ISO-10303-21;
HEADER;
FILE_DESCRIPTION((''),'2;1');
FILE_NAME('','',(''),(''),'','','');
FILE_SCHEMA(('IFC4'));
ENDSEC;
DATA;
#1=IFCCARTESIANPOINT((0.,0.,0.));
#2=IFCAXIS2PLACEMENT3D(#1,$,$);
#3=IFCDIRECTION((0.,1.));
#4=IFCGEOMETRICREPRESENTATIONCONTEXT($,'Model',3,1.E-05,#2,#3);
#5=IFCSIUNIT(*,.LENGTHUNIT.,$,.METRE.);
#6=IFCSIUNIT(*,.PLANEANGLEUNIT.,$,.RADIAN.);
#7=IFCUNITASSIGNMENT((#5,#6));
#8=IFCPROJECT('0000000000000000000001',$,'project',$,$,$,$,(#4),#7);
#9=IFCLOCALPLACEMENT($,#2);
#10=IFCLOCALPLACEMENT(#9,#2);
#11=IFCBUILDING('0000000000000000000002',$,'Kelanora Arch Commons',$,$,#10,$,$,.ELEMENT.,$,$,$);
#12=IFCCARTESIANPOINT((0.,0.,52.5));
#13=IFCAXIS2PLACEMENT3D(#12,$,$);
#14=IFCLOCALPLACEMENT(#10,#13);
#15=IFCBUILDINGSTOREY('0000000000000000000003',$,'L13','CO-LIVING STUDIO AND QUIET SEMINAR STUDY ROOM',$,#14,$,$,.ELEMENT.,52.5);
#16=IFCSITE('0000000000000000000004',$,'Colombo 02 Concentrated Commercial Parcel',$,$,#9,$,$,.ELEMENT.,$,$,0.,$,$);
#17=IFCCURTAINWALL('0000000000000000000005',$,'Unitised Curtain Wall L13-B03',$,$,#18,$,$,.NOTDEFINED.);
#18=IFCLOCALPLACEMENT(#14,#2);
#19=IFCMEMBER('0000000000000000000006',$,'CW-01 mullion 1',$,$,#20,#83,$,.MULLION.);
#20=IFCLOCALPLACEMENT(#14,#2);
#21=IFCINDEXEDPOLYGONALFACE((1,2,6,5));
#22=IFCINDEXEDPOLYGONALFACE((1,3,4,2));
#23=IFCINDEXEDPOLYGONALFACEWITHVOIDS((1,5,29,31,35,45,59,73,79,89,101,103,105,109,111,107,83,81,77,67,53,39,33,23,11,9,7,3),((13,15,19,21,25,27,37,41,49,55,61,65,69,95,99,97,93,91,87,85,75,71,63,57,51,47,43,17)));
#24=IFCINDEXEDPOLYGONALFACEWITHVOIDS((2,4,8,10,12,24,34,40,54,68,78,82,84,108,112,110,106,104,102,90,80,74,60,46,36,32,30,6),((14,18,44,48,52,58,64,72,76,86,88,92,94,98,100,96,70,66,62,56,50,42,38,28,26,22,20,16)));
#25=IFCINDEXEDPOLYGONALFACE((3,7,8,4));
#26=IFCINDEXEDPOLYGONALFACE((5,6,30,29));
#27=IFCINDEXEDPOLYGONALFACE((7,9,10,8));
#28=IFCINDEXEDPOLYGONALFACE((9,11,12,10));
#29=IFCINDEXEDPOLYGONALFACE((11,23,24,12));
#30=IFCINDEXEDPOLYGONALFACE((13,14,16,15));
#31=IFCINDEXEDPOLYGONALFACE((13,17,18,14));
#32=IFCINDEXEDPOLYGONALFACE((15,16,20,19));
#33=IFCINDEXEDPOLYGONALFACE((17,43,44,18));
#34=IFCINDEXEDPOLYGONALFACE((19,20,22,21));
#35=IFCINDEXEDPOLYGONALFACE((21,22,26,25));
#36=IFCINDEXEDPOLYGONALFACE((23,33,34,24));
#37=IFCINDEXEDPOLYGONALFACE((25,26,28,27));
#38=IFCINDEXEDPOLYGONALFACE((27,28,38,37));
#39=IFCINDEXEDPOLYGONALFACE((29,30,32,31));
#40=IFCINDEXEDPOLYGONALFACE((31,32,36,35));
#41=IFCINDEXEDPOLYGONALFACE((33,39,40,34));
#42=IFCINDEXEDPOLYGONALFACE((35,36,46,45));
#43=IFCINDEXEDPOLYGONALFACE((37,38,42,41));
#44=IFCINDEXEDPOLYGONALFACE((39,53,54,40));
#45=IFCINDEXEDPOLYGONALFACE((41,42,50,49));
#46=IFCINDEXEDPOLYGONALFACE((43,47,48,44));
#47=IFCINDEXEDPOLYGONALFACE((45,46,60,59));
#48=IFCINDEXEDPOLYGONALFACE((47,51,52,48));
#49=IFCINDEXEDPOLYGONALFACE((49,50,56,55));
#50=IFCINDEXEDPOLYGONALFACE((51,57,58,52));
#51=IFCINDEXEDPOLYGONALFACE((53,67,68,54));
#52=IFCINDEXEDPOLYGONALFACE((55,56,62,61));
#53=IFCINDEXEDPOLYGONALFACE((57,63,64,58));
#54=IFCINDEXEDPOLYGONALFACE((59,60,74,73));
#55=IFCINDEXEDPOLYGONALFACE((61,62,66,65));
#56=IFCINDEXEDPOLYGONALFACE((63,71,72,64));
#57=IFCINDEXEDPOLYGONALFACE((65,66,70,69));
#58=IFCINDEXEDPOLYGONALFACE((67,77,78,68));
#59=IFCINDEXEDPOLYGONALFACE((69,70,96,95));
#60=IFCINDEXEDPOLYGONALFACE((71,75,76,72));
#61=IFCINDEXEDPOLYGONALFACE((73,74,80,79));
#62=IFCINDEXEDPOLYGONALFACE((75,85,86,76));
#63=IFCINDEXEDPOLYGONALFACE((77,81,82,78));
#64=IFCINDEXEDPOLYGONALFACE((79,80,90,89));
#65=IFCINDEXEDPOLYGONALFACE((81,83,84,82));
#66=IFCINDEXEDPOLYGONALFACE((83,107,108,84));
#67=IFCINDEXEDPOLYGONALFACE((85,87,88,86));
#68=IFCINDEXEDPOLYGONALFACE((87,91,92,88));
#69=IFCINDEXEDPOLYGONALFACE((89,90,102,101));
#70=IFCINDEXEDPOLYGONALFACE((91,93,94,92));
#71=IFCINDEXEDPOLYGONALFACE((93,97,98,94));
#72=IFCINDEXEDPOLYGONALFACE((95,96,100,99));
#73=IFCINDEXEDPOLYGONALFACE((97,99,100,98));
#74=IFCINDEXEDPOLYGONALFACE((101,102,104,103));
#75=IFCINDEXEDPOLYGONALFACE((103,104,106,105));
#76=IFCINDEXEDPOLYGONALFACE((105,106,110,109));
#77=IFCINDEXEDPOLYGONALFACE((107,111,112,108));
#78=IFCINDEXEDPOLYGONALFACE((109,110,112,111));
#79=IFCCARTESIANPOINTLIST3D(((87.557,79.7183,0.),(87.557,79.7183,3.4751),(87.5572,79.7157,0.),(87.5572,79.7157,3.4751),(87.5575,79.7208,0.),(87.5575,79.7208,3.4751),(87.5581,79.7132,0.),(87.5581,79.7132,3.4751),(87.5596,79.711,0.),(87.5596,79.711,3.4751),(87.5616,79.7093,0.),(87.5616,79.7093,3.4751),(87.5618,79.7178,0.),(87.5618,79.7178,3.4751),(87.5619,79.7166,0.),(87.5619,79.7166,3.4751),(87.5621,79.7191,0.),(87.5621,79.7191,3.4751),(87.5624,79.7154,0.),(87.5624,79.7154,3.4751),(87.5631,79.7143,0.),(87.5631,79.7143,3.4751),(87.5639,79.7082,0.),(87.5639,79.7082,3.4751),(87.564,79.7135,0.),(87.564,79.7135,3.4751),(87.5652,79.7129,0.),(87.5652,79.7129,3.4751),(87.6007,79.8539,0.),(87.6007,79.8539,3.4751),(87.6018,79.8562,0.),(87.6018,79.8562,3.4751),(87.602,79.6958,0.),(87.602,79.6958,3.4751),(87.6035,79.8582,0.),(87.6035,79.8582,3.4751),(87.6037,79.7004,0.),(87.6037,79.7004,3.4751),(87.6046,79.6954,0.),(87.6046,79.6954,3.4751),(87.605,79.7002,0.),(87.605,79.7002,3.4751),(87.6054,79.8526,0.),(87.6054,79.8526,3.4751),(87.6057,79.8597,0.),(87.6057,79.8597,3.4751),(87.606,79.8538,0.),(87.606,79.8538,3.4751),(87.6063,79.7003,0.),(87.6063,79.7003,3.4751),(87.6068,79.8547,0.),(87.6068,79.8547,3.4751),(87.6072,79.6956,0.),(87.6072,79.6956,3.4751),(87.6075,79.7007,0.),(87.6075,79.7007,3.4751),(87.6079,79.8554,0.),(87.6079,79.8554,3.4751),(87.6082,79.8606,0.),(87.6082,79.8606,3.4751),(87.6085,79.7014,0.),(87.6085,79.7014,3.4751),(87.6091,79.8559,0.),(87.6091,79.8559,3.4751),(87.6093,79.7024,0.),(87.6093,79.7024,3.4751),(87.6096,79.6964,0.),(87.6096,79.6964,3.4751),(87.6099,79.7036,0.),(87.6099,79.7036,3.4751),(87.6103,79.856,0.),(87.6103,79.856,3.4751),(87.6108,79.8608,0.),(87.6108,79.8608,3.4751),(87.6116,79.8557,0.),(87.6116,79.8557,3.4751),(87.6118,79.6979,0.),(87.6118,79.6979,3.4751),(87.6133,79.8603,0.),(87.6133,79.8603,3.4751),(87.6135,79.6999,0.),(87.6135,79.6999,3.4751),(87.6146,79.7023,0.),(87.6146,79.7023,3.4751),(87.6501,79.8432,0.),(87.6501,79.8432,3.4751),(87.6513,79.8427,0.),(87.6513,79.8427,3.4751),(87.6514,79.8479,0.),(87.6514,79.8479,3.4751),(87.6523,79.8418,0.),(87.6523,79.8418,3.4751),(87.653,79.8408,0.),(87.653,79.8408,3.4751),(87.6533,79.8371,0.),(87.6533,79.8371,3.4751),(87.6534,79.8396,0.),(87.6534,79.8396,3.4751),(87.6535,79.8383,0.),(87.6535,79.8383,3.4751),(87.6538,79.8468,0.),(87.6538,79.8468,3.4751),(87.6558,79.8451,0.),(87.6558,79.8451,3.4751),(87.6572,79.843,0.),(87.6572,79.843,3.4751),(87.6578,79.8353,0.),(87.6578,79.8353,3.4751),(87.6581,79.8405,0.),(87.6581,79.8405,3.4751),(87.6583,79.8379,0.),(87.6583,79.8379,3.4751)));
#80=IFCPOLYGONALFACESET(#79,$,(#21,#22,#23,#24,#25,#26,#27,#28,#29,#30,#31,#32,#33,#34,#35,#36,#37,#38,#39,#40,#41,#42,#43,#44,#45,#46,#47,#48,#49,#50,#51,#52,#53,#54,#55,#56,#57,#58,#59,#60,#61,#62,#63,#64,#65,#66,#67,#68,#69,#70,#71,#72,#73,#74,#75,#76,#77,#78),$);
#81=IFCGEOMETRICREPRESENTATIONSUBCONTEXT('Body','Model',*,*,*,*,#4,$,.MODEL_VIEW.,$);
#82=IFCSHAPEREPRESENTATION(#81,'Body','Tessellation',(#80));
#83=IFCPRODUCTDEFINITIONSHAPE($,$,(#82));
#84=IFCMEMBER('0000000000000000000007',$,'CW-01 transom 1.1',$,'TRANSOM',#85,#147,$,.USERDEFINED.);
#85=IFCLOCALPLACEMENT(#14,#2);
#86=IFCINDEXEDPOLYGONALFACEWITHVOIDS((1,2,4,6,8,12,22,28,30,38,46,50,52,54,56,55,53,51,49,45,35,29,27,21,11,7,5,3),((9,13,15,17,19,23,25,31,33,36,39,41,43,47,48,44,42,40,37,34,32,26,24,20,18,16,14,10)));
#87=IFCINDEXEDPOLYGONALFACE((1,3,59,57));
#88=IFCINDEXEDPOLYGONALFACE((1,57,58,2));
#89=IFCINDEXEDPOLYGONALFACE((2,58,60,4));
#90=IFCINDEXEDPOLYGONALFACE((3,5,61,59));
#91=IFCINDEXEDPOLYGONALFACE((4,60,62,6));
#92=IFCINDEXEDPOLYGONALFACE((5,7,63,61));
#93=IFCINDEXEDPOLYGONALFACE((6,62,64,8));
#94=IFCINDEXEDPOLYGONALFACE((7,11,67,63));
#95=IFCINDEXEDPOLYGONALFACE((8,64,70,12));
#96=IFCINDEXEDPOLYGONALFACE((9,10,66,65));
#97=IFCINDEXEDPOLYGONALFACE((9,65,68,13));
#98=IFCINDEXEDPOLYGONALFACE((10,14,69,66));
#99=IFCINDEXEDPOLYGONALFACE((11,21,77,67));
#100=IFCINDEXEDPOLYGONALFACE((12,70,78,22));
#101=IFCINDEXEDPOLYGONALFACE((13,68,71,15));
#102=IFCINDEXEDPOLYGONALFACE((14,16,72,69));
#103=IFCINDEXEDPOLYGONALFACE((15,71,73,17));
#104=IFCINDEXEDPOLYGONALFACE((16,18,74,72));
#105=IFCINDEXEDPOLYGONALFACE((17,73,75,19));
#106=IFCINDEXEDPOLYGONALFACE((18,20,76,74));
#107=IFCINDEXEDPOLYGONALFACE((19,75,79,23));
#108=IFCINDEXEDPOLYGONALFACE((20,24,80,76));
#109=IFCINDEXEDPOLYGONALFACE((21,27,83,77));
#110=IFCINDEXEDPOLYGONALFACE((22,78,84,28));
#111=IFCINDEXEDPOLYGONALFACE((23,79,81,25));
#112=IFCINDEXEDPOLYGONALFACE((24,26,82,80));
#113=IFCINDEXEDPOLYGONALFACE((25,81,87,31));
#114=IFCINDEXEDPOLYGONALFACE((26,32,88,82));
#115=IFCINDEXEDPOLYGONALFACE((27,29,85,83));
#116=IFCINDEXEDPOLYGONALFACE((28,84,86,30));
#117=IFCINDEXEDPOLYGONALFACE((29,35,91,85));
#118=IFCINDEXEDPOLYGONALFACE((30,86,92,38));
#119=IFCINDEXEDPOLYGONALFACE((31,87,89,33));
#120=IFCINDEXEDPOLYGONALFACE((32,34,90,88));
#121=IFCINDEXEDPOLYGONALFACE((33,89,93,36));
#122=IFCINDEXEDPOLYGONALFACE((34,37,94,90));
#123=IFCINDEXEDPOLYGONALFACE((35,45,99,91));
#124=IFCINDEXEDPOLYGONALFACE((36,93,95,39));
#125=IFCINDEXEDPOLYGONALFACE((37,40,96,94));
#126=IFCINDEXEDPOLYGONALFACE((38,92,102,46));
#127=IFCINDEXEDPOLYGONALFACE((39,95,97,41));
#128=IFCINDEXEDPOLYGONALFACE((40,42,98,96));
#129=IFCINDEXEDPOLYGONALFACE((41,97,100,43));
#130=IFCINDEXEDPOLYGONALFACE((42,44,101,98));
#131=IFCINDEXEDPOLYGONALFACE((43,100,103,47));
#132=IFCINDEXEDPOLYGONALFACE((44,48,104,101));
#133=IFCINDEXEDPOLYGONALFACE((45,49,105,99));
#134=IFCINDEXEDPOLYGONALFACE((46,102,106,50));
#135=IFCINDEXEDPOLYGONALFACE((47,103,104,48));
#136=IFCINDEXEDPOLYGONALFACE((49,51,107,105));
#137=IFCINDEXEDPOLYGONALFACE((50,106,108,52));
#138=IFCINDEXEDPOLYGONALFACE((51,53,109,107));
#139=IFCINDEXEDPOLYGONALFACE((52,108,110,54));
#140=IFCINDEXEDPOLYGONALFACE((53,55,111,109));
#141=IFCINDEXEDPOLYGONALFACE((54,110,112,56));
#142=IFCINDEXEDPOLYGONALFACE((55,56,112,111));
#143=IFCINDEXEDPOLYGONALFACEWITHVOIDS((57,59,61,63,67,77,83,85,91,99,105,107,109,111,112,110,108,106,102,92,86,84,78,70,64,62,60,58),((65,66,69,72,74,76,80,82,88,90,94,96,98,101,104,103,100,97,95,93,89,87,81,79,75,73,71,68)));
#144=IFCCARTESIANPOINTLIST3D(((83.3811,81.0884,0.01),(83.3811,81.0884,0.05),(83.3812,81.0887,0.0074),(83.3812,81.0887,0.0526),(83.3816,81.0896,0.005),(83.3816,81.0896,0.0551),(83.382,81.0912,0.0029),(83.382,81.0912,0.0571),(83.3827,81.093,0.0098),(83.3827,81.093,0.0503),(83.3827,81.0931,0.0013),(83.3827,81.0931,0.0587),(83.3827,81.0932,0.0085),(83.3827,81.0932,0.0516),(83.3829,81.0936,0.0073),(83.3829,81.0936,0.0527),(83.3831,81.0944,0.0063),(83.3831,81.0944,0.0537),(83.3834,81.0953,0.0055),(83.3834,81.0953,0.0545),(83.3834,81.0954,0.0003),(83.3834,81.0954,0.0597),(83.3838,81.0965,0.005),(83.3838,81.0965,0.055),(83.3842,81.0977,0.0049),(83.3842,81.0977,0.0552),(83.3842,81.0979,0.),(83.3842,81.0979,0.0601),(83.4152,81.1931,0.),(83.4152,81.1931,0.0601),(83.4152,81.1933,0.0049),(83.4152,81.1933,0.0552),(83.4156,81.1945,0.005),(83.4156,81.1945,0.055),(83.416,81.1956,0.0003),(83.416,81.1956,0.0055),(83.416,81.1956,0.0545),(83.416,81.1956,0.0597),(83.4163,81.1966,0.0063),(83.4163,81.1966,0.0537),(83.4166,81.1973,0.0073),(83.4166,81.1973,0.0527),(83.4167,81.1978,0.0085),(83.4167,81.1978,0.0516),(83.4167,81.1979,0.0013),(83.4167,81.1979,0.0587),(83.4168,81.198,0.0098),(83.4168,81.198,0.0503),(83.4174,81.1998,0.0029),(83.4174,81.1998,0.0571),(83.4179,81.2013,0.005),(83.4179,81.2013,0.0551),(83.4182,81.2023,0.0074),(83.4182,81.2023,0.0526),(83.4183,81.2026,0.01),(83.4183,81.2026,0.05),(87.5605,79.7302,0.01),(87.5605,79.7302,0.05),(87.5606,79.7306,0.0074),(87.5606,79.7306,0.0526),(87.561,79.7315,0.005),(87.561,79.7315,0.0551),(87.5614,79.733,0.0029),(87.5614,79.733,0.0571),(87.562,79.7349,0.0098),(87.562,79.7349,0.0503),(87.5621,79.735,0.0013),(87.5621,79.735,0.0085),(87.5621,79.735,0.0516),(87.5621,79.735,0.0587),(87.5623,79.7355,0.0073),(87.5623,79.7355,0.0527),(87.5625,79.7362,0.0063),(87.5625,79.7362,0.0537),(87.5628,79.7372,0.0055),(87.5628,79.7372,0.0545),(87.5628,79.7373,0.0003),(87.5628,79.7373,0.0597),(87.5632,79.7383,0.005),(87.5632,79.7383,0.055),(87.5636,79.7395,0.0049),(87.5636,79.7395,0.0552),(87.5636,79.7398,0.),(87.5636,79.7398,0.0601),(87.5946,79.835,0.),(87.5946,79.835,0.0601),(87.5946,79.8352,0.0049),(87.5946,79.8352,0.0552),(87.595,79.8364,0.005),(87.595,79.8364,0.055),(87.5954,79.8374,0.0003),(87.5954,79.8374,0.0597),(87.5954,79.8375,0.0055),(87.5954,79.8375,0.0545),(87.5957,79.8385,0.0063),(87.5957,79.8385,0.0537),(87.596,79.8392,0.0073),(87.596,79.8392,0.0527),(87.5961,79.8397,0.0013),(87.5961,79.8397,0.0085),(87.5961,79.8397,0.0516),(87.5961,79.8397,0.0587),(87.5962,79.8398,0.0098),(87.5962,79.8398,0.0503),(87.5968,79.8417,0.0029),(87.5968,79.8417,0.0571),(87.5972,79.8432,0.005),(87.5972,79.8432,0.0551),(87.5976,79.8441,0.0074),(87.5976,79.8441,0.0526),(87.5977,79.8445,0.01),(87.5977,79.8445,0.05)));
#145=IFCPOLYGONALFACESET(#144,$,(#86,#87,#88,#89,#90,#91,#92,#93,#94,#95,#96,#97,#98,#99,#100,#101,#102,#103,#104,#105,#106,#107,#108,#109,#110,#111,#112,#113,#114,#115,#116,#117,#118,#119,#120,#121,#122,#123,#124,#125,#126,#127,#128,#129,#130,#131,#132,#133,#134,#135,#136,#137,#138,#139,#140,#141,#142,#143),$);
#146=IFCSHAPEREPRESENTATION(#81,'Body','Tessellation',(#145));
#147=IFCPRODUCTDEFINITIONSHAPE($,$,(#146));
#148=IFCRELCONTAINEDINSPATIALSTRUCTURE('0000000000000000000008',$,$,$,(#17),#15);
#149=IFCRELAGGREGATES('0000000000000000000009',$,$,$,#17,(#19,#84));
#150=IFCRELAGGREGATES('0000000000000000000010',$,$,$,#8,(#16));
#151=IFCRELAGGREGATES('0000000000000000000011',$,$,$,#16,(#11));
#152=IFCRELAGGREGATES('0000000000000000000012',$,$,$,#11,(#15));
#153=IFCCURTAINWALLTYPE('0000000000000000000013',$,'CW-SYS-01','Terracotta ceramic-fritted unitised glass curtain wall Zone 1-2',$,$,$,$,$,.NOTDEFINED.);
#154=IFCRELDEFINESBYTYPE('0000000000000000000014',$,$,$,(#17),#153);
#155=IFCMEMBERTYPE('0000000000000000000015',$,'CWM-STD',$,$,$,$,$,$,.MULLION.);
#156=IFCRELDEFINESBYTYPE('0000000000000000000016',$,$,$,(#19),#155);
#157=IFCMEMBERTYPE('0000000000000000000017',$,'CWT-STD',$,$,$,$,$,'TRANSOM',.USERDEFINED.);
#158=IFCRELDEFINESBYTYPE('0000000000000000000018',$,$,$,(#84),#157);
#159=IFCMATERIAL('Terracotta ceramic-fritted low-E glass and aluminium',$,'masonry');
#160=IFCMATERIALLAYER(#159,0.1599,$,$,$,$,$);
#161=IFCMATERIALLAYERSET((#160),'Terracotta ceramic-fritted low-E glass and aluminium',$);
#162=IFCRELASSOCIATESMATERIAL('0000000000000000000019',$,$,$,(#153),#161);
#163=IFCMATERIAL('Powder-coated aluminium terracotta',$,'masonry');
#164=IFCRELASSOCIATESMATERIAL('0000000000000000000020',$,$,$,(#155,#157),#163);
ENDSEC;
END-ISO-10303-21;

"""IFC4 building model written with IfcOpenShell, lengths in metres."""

from ifc_helpers import new_model, si_unit, direction, frame, origin, origin_2d, place, context, subcontext, project, spatial, hollow_rectangle, extrude, material, layer, layer_set, material_profile, profile_set, type_object, element, aggregate, save


model = new_model("IFC4")

# Units and contexts
model_context = context("Model", 3, precision=1e-05, world=origin(), true_north=direction((0.0, 1.0)))
body_context = subcontext(model_context, "Body", "Model", "MODEL_VIEW")
ifc_project = project(units=[si_unit("LENGTHUNIT", "METRE"), si_unit("PLANEANGLEUNIT", "RADIAN")], contexts=[model_context])

# Site, building, storey
site_placement = place(None, origin())
site = spatial("IfcSite", under=ifc_project, at=site_placement, Name="Colombo 02 Concentrated Commercial Parcel", CompositionType="ELEMENT", RefElevation=0.0)
building_placement = place(site_placement, origin())
building = spatial("IfcBuilding", under=site, at=building_placement, Name="Kelanora Arch Commons", CompositionType="ELEMENT")
storey_placement = place(building_placement, frame((0.0, 0.0, 52.5)))
storey = spatial("IfcBuildingStorey", under=building, at=storey_placement, Name="L13", Description="CO-LIVING STUDIO AND QUIET SEMINAR STUDY ROOM", CompositionType="ELEMENT", Elevation=52.5)

# Shared definitions
ifc_material_1 = material(Name="Terracotta ceramic-fritted low-E glass and aluminium", Category="masonry")
ifc_layer_1 = layer(ifc_material_1, 0.1599)
ifc_layer_set_1 = layer_set([ifc_layer_1], Name="Terracotta ceramic-fritted low-E glass and aluminium")
curtain_wall_type = type_object("IfcCurtainWallType", Name="CW-SYS-01", Description="Terracotta ceramic-fritted unitised glass curtain wall Zone 1-2", PredefinedType="NOTDEFINED", material=ifc_layer_set_1)
ifc_material_2 = material(Name="Powder-coated aluminium terracotta", Category="masonry")
ifc_material_profile_1 = material_profile(ifc_material_2, hollow_rectangle(XDim=0.1599, YDim=0.0601, WallThickness=0.0049, InnerFilletRadius=0.0049, OuterFilletRadius=0.01, at=origin_2d()), Name="CWM160x60")
ifc_profile_set_1 = profile_set([ifc_material_profile_1], Name="Powder-coated aluminium terracotta")
member_type_1 = type_object("IfcMemberType", Name="CWM-STD", PredefinedType="MULLION", material=ifc_profile_set_1)

# Curtain wall, members
curtain_wall_1_placement = place(storey_placement, origin())
curtain_wall_1 = element("IfcCurtainWall", 1, at=curtain_wall_1_placement, inside=storey, type_object=curtain_wall_type, Name="Unitised Curtain Wall L13-B03", PredefinedType="NOTDEFINED")
member_1_placement = place(storey_placement, frame((87.6077, 79.7781, 0.0), z_axis=(0.0, 0.0, 1.0), x_axis=(-0.309058, -0.951043, 0.0)))
member_1 = element("IfcMember", 2, at=member_1_placement, type_object=member_type_1, Name="CW-01 mullion 1", PredefinedType="MULLION", context=body_context, shape_type="SweptSolid", body=[
    extrude(hollow_rectangle(XDim=0.1599, YDim=0.0601, WallThickness=0.0049, InnerFilletRadius=0.0049, OuterFilletRadius=0.01, at=origin_2d()), origin(), (0.0, 0.0, 1.0), 3.4751),
])
ifc_material_profile_2 = material_profile(ifc_material_2, hollow_rectangle(XDim=0.1201, YDim=0.0601, WallThickness=0.0049, InnerFilletRadius=0.0049, OuterFilletRadius=0.01, at=origin_2d()), Name="CWT120x60")
ifc_profile_set_2 = profile_set([ifc_material_profile_2], Name="Powder-coated aluminium terracotta")
member_type_2 = type_object("IfcMemberType", Name="CWT-STD", ElementType="TRANSOM", PredefinedType="USERDEFINED", material=ifc_profile_set_2)
member_2_placement = place(storey_placement, frame((87.5791, 79.7874, 0.03), z_axis=(-0.951045, 0.309052, 0.0), x_axis=(-0.309052, -0.951045, 0.0)))
member_2 = element("IfcMember", 3, at=member_2_placement, type_object=member_type_2, Name="CW-01 transom 1.1", ObjectType="TRANSOM", PredefinedType="USERDEFINED", context=body_context, shape_type="SweptSolid", body=[
    extrude(hollow_rectangle(XDim=0.1201, YDim=0.0601, WallThickness=0.0049, InnerFilletRadius=0.0049, OuterFilletRadius=0.01, at=origin_2d()), origin(), (0.0, 0.0, 1.0), 4.3945),
])
aggregate(curtain_wall_1, [member_1, member_2])

save(model, "model.ifc")
